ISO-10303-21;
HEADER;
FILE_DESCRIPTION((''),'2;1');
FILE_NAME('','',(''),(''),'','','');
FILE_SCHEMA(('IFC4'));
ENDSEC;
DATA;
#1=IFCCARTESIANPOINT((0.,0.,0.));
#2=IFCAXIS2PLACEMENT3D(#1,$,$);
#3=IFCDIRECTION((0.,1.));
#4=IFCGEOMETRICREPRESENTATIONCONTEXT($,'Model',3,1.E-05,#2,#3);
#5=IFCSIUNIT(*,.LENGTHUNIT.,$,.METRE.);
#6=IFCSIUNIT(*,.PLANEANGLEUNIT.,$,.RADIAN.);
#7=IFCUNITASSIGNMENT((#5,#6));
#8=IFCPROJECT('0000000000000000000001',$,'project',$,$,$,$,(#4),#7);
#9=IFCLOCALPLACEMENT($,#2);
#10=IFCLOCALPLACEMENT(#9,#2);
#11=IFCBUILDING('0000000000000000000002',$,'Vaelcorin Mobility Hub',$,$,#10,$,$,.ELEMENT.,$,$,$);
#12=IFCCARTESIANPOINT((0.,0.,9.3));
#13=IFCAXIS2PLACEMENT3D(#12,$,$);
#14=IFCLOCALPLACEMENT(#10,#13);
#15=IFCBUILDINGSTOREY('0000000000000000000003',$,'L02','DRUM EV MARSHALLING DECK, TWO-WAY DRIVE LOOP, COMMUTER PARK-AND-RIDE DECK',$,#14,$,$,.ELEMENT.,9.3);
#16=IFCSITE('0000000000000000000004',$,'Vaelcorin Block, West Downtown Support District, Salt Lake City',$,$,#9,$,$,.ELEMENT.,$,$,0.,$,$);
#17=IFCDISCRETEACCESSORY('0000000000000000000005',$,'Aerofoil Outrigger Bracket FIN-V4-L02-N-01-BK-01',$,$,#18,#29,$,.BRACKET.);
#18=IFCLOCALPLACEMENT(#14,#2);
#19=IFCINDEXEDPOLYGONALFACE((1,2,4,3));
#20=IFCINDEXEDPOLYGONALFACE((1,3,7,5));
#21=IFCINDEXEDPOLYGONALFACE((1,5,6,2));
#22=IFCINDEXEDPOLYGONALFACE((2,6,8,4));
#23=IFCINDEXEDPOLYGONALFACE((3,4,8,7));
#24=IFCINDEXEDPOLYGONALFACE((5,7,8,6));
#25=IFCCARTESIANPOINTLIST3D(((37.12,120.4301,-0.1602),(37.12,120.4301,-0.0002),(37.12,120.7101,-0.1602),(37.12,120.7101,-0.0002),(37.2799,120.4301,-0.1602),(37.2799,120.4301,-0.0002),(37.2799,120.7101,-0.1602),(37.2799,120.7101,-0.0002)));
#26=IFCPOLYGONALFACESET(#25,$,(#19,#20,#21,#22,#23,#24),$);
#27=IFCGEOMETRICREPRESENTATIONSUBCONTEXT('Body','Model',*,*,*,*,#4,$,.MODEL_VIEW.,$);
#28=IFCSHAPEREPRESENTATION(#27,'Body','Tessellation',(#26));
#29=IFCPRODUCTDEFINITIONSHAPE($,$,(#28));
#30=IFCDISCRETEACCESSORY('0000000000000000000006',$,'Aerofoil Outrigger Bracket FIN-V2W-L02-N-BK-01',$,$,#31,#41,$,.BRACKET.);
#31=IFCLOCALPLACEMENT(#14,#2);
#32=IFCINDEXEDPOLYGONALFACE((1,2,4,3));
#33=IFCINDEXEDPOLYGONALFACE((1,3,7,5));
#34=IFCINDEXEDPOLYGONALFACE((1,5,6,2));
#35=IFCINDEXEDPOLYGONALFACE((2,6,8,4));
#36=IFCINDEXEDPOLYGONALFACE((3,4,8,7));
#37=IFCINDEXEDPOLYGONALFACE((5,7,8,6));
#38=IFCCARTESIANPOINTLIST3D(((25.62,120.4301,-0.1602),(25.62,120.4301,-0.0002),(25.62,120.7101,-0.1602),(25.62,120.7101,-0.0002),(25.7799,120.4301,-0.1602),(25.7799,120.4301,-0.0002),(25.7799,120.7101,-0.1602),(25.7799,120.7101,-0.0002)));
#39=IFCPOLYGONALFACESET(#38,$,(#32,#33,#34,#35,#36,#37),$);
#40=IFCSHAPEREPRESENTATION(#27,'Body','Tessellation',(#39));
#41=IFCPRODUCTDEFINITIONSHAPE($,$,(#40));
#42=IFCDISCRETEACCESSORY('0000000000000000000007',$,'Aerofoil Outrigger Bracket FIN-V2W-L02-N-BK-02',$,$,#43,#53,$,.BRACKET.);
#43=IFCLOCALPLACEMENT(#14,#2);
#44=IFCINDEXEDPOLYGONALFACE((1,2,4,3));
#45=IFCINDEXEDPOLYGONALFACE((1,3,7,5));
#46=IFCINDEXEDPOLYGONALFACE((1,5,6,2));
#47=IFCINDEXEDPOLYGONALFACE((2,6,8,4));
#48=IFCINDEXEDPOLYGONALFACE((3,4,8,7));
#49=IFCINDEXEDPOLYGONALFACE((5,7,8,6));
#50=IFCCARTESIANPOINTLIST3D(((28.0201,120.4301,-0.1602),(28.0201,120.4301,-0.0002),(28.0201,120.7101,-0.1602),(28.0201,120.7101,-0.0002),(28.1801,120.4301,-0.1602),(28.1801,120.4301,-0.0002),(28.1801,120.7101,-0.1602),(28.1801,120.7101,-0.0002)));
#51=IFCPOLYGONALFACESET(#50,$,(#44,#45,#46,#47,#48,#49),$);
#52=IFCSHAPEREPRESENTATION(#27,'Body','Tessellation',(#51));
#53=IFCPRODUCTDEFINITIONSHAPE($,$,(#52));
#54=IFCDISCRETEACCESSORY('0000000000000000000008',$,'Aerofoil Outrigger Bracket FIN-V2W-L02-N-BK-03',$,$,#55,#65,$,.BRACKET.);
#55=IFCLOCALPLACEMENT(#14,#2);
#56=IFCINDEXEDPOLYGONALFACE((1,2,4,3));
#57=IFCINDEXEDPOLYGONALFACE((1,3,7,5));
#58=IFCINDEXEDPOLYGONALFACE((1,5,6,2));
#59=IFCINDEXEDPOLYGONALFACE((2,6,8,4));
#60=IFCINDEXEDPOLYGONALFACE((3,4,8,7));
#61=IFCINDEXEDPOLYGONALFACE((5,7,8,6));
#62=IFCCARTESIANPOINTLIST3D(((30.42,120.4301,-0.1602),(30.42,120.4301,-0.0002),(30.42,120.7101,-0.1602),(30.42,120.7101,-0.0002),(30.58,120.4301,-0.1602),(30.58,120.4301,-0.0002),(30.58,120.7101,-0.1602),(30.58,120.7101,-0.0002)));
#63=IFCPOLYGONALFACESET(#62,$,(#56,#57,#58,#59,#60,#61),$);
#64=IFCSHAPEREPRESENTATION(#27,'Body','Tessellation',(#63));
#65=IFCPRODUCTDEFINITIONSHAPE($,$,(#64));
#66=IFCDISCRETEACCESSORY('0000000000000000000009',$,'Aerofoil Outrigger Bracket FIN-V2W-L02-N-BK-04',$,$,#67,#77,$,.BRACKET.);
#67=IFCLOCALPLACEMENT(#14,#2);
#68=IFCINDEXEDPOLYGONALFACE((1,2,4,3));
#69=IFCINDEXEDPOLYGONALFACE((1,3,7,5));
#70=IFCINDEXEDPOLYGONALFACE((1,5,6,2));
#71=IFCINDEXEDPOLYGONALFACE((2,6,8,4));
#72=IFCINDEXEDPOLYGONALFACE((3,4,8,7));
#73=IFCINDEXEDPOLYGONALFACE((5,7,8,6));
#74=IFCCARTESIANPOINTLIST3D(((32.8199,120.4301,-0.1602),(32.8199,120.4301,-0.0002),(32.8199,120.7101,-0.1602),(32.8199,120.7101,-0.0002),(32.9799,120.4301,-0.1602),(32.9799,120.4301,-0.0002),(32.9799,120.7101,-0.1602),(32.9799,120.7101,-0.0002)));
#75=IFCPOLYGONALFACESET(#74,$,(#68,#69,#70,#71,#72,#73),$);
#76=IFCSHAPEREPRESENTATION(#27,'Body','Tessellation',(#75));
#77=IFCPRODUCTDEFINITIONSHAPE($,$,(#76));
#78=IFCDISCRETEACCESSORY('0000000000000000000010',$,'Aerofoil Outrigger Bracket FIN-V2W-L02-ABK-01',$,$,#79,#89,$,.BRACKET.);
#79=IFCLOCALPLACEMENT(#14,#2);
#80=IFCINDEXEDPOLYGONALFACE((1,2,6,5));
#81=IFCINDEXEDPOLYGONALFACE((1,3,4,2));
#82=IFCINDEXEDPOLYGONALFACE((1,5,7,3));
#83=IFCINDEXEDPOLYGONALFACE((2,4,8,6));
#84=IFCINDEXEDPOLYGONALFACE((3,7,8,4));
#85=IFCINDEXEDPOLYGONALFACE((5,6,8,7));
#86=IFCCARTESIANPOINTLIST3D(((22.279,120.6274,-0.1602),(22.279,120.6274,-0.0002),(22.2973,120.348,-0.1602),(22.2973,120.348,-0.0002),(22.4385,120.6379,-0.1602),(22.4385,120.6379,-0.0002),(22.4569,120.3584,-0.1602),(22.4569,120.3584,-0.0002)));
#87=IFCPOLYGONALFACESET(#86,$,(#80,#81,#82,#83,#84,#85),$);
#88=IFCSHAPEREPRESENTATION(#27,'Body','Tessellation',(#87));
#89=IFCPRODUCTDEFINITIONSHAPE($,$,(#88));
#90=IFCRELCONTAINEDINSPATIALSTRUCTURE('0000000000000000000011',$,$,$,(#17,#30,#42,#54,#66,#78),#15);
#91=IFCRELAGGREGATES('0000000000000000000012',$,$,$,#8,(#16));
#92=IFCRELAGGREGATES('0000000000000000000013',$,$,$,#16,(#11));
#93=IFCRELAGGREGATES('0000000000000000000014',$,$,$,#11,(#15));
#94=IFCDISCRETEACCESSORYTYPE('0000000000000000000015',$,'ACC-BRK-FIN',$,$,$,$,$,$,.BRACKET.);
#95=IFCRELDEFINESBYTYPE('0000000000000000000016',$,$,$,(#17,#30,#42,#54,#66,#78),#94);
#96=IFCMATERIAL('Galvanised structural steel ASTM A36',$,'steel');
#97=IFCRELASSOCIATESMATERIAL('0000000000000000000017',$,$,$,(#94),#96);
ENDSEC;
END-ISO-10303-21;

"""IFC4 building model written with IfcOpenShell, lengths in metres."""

from ifc_helpers import new_model, si_unit, direction, frame, origin, origin_2d, place, context, subcontext, project, spatial, rectangle, extrude, material, type_object, element, save


model = new_model("IFC4")

# Units and contexts
model_context = context("Model", 3, precision=1e-05, world=origin(), true_north=direction((0.0, 1.0)))
body_context = subcontext(model_context, "Body", "Model", "MODEL_VIEW")
ifc_project = project(units=[si_unit("LENGTHUNIT", "METRE"), si_unit("PLANEANGLEUNIT", "RADIAN")], contexts=[model_context])

# Site, building, storey
site_placement = place(None, origin())
site = spatial("IfcSite", under=ifc_project, at=site_placement, Name="Vaelcorin Block, West Downtown Support District, Salt Lake City", CompositionType="ELEMENT", RefElevation=0.0)
building_placement = place(site_placement, origin())
building = spatial("IfcBuilding", under=site, at=building_placement, Name="Vaelcorin Mobility Hub", CompositionType="ELEMENT")
storey_placement = place(building_placement, frame((0.0, 0.0, 9.3)))
storey = spatial("IfcBuildingStorey", under=building, at=storey_placement, Name="L02", Description="DRUM EV MARSHALLING DECK, TWO-WAY DRIVE LOOP, COMMUTER PARK-AND-RIDE DECK", CompositionType="ELEMENT", Elevation=9.3)

# Shared definitions
ifc_material_1 = material(Name="Galvanised structural steel ASTM A36", Category="steel")

# Discrete accessories
discrete_accessory_type = type_object("IfcDiscreteAccessoryType", Name="ACC-BRK-FIN", PredefinedType="BRACKET", material=ifc_material_1)
for number, where, z_axis, x_axis, name in (
    (1, (37.2, 120.5701, -0.1602), (0.0, 0.0, 1.0), (0.0, 1.0, 0.0), "Aerofoil Outrigger Bracket FIN-V4-L02-N-01-BK-01"),
    (2, (25.7, 120.5701, -0.1602), (0.0, 0.0, 1.0), (0.0, 1.0, 0.0), "Aerofoil Outrigger Bracket FIN-V2W-L02-N-BK-01"),
    (3, (28.1001, 120.5701, -0.1602), (0.0, 0.0, 1.0), (0.0, 1.0, 0.0), "Aerofoil Outrigger Bracket FIN-V2W-L02-N-BK-02"),
    (4, (30.5, 120.5701, -0.1602), (0.0, 0.0, 1.0), (0.0, 1.0, 0.0), "Aerofoil Outrigger Bracket FIN-V2W-L02-N-BK-03"),
    (5, (32.8999, 120.5701, -0.1602), (0.0, 0.0, 1.0), (0.0, 1.0, 0.0), "Aerofoil Outrigger Bracket FIN-V2W-L02-N-BK-04"),
    (6, (22.3679, 120.4929, -0.1602), (0.0, 0.0, 1.0), (-0.065421, 0.997858, 0.0), "Aerofoil Outrigger Bracket FIN-V2W-L02-ABK-01"),
):
    element("IfcDiscreteAccessory", number, at=place(storey_placement, frame(where, z_axis=z_axis, x_axis=x_axis)), inside=storey, type_object=discrete_accessory_type, Name=name, PredefinedType="BRACKET", context=body_context, shape_type="SweptSolid", body=[
        extrude(rectangle(XDim=0.28, YDim=0.1599, at=origin_2d()), origin(), (0.0, 0.0, 1.0), 0.1599),
    ])

save(model, "model.ifc")
